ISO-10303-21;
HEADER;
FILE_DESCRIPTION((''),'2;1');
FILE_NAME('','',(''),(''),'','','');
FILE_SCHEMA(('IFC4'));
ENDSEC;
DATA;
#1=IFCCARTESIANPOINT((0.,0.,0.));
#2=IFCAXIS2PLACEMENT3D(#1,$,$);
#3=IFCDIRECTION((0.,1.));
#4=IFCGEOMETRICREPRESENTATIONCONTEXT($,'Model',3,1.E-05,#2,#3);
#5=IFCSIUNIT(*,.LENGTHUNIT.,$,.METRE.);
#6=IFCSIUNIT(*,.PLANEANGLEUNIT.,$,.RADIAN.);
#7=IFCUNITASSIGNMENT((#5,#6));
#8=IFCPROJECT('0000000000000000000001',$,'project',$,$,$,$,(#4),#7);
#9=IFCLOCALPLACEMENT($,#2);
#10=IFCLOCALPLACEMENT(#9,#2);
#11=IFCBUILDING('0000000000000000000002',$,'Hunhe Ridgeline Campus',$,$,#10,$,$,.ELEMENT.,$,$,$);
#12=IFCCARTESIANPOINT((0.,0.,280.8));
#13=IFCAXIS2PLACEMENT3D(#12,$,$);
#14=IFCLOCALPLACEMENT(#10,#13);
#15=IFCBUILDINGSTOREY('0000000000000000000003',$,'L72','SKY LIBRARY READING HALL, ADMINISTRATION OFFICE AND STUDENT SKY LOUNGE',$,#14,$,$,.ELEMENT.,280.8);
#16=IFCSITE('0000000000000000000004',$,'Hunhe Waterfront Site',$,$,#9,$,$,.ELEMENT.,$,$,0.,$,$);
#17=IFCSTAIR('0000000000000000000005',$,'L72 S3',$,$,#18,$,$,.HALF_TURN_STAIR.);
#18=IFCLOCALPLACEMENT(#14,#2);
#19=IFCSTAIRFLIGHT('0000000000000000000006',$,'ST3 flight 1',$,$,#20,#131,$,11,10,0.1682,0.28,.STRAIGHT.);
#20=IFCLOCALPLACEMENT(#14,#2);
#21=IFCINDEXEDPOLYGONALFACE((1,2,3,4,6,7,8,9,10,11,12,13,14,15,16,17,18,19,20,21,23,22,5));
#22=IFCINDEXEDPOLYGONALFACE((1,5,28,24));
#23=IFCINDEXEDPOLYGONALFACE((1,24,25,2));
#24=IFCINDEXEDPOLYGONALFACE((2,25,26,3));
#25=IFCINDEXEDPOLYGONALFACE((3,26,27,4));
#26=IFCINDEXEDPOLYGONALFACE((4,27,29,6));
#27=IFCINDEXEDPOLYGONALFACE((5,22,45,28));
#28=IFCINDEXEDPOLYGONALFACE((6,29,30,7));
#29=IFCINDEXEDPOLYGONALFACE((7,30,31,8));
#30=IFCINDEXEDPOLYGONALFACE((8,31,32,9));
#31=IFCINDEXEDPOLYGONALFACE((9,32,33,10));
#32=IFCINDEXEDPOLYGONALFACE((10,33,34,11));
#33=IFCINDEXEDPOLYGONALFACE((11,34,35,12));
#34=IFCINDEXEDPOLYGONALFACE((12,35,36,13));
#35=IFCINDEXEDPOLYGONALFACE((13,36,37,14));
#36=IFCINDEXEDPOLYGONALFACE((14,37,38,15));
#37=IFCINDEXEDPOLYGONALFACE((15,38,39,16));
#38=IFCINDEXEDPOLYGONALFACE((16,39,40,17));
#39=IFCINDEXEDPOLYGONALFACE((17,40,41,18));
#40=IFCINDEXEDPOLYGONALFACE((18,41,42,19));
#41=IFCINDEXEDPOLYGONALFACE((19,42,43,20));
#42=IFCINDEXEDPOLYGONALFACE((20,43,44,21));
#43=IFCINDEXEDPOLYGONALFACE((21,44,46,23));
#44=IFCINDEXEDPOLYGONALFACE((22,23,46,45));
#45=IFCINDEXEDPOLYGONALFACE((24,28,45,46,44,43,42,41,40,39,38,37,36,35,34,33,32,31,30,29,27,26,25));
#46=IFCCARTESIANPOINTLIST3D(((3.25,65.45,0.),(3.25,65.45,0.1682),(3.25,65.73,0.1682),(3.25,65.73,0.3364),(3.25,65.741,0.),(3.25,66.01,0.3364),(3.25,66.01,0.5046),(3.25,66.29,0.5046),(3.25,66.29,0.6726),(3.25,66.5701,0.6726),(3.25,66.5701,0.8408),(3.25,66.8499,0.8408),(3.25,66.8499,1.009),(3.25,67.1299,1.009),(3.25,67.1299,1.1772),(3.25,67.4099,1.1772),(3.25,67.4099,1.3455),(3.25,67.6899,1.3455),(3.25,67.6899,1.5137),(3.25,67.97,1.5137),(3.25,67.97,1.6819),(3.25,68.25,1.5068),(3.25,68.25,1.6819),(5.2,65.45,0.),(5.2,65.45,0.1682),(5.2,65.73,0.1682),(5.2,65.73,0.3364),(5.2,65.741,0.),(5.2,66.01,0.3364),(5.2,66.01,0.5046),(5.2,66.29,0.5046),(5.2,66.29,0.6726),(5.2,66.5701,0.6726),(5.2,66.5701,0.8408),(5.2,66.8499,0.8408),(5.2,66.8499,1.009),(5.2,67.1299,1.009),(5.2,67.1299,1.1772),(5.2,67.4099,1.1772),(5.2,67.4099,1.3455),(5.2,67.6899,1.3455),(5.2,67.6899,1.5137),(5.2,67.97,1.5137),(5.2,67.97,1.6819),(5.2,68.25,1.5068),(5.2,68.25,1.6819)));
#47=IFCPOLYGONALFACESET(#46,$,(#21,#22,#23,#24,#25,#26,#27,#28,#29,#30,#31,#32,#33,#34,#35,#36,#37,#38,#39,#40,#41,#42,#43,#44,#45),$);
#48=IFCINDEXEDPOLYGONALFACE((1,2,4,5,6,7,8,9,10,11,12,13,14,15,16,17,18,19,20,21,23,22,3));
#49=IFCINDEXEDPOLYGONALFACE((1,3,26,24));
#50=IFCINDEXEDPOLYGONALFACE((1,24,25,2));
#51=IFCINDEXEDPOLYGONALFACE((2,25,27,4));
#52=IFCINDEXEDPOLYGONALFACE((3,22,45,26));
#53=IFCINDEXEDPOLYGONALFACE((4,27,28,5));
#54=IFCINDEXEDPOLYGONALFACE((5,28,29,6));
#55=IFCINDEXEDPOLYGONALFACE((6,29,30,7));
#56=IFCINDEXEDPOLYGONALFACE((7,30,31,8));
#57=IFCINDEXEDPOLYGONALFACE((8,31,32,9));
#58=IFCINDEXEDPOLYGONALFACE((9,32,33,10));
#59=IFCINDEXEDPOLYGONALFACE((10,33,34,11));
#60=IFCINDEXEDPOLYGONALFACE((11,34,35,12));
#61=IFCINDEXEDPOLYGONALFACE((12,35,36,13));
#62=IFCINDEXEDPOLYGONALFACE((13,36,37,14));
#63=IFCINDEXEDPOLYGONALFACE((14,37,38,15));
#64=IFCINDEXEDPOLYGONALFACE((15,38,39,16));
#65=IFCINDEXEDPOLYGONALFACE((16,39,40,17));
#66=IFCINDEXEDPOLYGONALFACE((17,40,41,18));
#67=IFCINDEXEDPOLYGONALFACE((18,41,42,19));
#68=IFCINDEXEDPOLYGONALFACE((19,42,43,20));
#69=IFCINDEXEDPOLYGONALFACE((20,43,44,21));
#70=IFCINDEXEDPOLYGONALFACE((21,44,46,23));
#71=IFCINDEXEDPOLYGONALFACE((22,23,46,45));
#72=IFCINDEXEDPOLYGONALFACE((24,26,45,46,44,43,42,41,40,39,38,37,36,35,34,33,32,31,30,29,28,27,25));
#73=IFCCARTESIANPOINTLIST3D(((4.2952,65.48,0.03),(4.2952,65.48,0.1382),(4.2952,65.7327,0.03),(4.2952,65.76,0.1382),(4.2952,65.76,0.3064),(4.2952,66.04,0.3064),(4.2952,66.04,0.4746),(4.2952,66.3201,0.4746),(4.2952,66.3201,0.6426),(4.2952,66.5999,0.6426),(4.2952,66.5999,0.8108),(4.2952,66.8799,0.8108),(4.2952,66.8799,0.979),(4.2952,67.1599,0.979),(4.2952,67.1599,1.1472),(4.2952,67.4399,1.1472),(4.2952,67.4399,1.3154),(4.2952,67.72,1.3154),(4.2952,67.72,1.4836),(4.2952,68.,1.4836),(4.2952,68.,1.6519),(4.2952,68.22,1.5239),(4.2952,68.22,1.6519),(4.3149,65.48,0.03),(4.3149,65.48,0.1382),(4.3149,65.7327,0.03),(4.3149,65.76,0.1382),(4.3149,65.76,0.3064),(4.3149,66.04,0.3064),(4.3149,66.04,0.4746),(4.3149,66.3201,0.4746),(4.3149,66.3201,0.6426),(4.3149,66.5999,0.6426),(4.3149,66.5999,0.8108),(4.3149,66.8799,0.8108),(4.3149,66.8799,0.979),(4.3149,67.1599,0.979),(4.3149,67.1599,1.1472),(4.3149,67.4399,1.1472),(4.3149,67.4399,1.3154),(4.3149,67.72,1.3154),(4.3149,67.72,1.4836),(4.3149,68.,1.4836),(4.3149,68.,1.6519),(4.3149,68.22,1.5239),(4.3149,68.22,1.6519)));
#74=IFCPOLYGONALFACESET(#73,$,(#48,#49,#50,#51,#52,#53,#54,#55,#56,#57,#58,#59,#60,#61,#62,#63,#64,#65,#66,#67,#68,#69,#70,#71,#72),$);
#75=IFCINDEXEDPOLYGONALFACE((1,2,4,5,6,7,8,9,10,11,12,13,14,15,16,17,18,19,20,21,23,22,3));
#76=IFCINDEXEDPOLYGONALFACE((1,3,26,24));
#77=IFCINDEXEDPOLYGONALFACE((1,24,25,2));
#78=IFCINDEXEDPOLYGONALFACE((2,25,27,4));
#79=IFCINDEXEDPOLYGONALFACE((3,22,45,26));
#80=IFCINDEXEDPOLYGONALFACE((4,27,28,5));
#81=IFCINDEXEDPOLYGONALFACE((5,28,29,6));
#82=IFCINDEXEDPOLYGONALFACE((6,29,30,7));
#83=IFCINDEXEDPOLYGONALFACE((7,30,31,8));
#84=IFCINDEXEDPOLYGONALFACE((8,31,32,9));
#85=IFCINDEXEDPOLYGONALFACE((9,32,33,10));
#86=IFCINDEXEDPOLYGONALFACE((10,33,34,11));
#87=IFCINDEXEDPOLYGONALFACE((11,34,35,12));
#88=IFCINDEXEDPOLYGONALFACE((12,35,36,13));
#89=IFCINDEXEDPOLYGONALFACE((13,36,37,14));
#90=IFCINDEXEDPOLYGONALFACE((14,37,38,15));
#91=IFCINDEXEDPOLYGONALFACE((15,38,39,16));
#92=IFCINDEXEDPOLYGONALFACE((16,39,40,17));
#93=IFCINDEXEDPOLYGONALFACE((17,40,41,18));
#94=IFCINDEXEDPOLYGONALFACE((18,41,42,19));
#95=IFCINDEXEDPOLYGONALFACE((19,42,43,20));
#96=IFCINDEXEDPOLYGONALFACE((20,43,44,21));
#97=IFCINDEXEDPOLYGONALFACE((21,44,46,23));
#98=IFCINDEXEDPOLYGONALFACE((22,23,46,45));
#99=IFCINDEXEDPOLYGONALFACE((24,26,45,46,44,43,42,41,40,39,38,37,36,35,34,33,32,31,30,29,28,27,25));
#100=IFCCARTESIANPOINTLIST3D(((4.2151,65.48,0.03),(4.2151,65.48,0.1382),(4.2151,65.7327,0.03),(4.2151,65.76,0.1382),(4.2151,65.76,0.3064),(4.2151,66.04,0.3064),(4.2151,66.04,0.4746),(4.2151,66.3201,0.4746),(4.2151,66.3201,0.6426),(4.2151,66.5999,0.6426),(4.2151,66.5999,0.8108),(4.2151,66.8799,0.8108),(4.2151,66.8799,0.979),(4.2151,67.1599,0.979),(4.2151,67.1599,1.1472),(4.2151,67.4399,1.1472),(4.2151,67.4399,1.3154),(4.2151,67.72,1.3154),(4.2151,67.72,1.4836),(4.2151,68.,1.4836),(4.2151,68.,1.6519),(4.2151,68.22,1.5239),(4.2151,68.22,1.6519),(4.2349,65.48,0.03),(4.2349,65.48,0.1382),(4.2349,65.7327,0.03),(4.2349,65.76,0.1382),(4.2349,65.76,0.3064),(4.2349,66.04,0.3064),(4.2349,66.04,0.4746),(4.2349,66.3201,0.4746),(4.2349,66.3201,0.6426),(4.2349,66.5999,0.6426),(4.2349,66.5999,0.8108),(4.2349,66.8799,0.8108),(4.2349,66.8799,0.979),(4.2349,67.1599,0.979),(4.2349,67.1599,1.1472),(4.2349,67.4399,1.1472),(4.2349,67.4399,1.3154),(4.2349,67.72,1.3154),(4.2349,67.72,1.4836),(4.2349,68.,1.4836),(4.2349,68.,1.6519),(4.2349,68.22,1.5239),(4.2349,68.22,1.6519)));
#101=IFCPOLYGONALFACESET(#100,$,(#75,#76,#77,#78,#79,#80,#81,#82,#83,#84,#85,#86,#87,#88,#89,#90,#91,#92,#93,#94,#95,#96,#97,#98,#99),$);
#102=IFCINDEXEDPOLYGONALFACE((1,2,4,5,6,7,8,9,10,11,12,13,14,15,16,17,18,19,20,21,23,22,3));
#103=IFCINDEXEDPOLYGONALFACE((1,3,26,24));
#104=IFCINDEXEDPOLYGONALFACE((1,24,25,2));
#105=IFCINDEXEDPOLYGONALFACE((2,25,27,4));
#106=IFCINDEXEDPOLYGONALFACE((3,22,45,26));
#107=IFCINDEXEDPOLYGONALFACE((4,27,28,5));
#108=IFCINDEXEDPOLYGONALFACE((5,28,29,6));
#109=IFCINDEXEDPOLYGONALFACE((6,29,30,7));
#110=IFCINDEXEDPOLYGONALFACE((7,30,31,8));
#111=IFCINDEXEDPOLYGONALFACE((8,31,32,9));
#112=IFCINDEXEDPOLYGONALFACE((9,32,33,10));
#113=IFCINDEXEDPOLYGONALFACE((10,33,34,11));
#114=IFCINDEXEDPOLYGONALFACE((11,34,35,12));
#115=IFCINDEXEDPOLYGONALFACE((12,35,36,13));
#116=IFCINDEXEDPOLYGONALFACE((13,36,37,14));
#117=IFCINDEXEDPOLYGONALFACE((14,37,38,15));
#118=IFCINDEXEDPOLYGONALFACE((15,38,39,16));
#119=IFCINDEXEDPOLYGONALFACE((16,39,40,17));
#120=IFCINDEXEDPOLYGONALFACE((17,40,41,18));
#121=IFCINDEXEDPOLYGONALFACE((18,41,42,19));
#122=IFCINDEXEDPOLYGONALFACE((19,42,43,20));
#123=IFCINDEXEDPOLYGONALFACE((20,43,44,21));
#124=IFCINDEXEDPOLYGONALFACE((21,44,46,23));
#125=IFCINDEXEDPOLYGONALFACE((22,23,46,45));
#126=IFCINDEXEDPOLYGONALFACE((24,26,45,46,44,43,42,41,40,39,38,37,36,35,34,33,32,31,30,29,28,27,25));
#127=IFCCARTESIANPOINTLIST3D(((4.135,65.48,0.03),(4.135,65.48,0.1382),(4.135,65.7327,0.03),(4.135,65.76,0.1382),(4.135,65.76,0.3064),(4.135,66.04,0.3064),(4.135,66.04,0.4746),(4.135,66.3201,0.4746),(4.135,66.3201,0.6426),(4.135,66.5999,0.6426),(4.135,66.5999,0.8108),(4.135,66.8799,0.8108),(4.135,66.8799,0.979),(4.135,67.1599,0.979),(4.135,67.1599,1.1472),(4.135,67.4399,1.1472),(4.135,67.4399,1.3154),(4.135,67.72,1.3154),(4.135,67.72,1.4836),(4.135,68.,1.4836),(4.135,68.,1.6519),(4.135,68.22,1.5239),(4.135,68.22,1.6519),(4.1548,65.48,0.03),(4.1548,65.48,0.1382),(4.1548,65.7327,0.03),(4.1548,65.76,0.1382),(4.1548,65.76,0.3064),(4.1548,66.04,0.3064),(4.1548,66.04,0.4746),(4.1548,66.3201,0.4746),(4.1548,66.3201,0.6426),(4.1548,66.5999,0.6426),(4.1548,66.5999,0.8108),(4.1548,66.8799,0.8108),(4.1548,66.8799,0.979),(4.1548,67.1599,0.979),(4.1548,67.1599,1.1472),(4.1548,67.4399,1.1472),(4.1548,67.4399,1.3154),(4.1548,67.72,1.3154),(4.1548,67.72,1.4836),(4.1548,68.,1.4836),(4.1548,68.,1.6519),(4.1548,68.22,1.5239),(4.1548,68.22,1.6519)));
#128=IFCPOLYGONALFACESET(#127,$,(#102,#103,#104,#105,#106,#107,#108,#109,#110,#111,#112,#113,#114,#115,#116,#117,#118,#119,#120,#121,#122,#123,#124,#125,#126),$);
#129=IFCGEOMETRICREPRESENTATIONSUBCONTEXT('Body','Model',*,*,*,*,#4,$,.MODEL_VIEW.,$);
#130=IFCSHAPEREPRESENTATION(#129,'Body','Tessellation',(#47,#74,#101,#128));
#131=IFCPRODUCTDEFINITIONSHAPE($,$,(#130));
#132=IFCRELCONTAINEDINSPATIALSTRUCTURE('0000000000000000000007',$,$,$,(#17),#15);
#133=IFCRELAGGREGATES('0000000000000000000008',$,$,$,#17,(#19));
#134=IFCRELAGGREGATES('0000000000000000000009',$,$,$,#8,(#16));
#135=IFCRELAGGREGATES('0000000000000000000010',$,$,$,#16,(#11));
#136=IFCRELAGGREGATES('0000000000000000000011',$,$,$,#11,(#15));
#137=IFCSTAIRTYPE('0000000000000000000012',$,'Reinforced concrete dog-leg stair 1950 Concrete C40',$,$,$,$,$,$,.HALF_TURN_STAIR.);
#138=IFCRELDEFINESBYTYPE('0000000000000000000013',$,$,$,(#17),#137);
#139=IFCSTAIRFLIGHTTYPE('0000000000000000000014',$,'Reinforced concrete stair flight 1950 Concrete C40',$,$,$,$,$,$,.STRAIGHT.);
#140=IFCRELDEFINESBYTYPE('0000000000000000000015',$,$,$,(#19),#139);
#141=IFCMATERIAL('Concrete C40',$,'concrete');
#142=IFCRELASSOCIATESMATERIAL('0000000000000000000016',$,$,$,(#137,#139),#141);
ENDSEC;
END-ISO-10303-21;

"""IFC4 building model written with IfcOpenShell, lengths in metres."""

from ifc_helpers import new_model, si_unit, direction, frame, origin, place, context, subcontext, project, spatial, polyline, outline, extrude, material, type_object, element, aggregate, save


model = new_model("IFC4")

# Units and contexts
model_context = context("Model", 3, precision=1e-05, world=origin(), true_north=direction((0.0, 1.0)))
body_context = subcontext(model_context, "Body", "Model", "MODEL_VIEW")
ifc_project = project(units=[si_unit("LENGTHUNIT", "METRE"), si_unit("PLANEANGLEUNIT", "RADIAN")], contexts=[model_context])

# Site, building, storey
site_placement = place(None, origin())
site = spatial("IfcSite", under=ifc_project, at=site_placement, Name="Hunhe Waterfront Site", CompositionType="ELEMENT", RefElevation=0.0)
building_placement = place(site_placement, origin())
building = spatial("IfcBuilding", under=site, at=building_placement, Name="Hunhe Ridgeline Campus", CompositionType="ELEMENT")
storey_placement = place(building_placement, frame((0.0, 0.0, 280.8)))
storey = spatial("IfcBuildingStorey", under=building, at=storey_placement, Name="L72", Description="SKY LIBRARY READING HALL, ADMINISTRATION OFFICE AND STUDENT SKY LOUNGE", CompositionType="ELEMENT", Elevation=280.8)

# Stair, stair flight
ifc_material_1 = material(Name="Concrete C40", Category="concrete")
stair_type = type_object("IfcStairType", Name="Reinforced concrete dog-leg stair 1950 Concrete C40", PredefinedType="HALF_TURN_STAIR", material=ifc_material_1)
stair_1_placement = place(storey_placement, origin())
stair_1 = element("IfcStair", 1, at=stair_1_placement, inside=storey, type_object=stair_type, Name="L72 S3", PredefinedType="HALF_TURN_STAIR")
stair_flight_type = type_object("IfcStairFlightType", Name="Reinforced concrete stair flight 1950 Concrete C40", PredefinedType="STRAIGHT", material=ifc_material_1)
stair_flight_1_placement = place(storey_placement, frame((4.2251, 65.45, 0.0), z_axis=(0.0, 0.0, 1.0), x_axis=(0.0, 1.0, 0.0)))
stair_flight_1 = element("IfcStairFlight", 2, at=stair_flight_1_placement, type_object=stair_flight_type, Name="ST3 flight 1", NumberOfRisers=11, NumberOfTreads=10, PredefinedType="STRAIGHT", RiserHeight=0.1682, TreadLength=0.28, context=body_context, shape_type="SweptSolid", body=[
    extrude(outline(polyline([(0.0, 0.0), (0.0, 0.1682), (0.28, 0.1682), (0.28, 0.3364), (0.5601, 0.3364), (0.5601, 0.5046), (0.8401, 0.5046), (0.8401, 0.6726), (1.1201, 0.6726), (1.1201, 0.8408), (1.3999, 0.8408), (1.3999, 1.009), (1.6799, 1.009), (1.6799, 1.1772), (1.96, 1.1772), (1.96, 1.3455), (2.24, 1.3455), (2.24, 1.5137), (2.52, 1.5137), (2.52, 1.6819), (2.8, 1.6819), (2.8, 1.8501), (2.8, 1.5068), (0.291, 0.0), (0.0, 0.0)])), frame((0.0, 0.9751, 0.0), z_axis=(0.0, -1.0, 0.0), x_axis=(1.0, 0.0, 0.0)), (0.0, 0.0, 1.0), 1.95),
    extrude(outline(polyline([(0.03, 0.03), (0.03, 0.1382), (0.3101, 0.1382), (0.3101, 0.3064), (0.5901, 0.3064), (0.5901, 0.4746), (0.8701, 0.4746), (0.8701, 0.6426), (1.1499, 0.6426), (1.1499, 0.8108), (1.4299, 0.8108), (1.4299, 0.979), (1.71, 0.979), (1.71, 1.1472), (1.99, 1.1472), (1.99, 1.3154), (2.27, 1.3154), (2.27, 1.4836), (2.55, 1.4836), (2.55, 1.6519), (2.77, 1.6519), (2.77, 1.5239), (0.2827, 0.03), (0.03, 0.03)])), frame((0.0, -0.0701, 0.0), z_axis=(0.0, -1.0, 0.0), x_axis=(1.0, 0.0, 0.0)), (0.0, 0.0, 1.0), 0.0198),
    extrude(outline(polyline([(0.03, 0.03), (0.03, 0.1382), (0.3101, 0.1382), (0.3101, 0.3064), (0.5901, 0.3064), (0.5901, 0.4746), (0.8701, 0.4746), (0.8701, 0.6426), (1.1499, 0.6426), (1.1499, 0.8108), (1.4299, 0.8108), (1.4299, 0.979), (1.71, 0.979), (1.71, 1.1472), (1.99, 1.1472), (1.99, 1.3154), (2.27, 1.3154), (2.27, 1.4836), (2.55, 1.4836), (2.55, 1.6519), (2.77, 1.6519), (2.77, 1.5239), (0.2827, 0.03), (0.03, 0.03)])), frame((0.0, 0.01, 0.0), z_axis=(0.0, -1.0, 0.0), x_axis=(1.0, 0.0, 0.0)), (0.0, 0.0, 1.0), 0.0198),
    extrude(outline(polyline([(0.03, 0.03), (0.03, 0.1382), (0.3101, 0.1382), (0.3101, 0.3064), (0.5901, 0.3064), (0.5901, 0.4746), (0.8701, 0.4746), (0.8701, 0.6426), (1.1499, 0.6426), (1.1499, 0.8108), (1.4299, 0.8108), (1.4299, 0.979), (1.71, 0.979), (1.71, 1.1472), (1.99, 1.1472), (1.99, 1.3154), (2.27, 1.3154), (2.27, 1.4836), (2.55, 1.4836), (2.55, 1.6519), (2.77, 1.6519), (2.77, 1.5239), (0.2827, 0.03), (0.03, 0.03)])), frame((0.0, 0.0901, 0.0), z_axis=(0.0, -1.0, 0.0), x_axis=(1.0, 0.0, 0.0)), (0.0, 0.0, 1.0), 0.0198),
])
aggregate(stair_1, [stair_flight_1])

save(model, "model.ifc")
